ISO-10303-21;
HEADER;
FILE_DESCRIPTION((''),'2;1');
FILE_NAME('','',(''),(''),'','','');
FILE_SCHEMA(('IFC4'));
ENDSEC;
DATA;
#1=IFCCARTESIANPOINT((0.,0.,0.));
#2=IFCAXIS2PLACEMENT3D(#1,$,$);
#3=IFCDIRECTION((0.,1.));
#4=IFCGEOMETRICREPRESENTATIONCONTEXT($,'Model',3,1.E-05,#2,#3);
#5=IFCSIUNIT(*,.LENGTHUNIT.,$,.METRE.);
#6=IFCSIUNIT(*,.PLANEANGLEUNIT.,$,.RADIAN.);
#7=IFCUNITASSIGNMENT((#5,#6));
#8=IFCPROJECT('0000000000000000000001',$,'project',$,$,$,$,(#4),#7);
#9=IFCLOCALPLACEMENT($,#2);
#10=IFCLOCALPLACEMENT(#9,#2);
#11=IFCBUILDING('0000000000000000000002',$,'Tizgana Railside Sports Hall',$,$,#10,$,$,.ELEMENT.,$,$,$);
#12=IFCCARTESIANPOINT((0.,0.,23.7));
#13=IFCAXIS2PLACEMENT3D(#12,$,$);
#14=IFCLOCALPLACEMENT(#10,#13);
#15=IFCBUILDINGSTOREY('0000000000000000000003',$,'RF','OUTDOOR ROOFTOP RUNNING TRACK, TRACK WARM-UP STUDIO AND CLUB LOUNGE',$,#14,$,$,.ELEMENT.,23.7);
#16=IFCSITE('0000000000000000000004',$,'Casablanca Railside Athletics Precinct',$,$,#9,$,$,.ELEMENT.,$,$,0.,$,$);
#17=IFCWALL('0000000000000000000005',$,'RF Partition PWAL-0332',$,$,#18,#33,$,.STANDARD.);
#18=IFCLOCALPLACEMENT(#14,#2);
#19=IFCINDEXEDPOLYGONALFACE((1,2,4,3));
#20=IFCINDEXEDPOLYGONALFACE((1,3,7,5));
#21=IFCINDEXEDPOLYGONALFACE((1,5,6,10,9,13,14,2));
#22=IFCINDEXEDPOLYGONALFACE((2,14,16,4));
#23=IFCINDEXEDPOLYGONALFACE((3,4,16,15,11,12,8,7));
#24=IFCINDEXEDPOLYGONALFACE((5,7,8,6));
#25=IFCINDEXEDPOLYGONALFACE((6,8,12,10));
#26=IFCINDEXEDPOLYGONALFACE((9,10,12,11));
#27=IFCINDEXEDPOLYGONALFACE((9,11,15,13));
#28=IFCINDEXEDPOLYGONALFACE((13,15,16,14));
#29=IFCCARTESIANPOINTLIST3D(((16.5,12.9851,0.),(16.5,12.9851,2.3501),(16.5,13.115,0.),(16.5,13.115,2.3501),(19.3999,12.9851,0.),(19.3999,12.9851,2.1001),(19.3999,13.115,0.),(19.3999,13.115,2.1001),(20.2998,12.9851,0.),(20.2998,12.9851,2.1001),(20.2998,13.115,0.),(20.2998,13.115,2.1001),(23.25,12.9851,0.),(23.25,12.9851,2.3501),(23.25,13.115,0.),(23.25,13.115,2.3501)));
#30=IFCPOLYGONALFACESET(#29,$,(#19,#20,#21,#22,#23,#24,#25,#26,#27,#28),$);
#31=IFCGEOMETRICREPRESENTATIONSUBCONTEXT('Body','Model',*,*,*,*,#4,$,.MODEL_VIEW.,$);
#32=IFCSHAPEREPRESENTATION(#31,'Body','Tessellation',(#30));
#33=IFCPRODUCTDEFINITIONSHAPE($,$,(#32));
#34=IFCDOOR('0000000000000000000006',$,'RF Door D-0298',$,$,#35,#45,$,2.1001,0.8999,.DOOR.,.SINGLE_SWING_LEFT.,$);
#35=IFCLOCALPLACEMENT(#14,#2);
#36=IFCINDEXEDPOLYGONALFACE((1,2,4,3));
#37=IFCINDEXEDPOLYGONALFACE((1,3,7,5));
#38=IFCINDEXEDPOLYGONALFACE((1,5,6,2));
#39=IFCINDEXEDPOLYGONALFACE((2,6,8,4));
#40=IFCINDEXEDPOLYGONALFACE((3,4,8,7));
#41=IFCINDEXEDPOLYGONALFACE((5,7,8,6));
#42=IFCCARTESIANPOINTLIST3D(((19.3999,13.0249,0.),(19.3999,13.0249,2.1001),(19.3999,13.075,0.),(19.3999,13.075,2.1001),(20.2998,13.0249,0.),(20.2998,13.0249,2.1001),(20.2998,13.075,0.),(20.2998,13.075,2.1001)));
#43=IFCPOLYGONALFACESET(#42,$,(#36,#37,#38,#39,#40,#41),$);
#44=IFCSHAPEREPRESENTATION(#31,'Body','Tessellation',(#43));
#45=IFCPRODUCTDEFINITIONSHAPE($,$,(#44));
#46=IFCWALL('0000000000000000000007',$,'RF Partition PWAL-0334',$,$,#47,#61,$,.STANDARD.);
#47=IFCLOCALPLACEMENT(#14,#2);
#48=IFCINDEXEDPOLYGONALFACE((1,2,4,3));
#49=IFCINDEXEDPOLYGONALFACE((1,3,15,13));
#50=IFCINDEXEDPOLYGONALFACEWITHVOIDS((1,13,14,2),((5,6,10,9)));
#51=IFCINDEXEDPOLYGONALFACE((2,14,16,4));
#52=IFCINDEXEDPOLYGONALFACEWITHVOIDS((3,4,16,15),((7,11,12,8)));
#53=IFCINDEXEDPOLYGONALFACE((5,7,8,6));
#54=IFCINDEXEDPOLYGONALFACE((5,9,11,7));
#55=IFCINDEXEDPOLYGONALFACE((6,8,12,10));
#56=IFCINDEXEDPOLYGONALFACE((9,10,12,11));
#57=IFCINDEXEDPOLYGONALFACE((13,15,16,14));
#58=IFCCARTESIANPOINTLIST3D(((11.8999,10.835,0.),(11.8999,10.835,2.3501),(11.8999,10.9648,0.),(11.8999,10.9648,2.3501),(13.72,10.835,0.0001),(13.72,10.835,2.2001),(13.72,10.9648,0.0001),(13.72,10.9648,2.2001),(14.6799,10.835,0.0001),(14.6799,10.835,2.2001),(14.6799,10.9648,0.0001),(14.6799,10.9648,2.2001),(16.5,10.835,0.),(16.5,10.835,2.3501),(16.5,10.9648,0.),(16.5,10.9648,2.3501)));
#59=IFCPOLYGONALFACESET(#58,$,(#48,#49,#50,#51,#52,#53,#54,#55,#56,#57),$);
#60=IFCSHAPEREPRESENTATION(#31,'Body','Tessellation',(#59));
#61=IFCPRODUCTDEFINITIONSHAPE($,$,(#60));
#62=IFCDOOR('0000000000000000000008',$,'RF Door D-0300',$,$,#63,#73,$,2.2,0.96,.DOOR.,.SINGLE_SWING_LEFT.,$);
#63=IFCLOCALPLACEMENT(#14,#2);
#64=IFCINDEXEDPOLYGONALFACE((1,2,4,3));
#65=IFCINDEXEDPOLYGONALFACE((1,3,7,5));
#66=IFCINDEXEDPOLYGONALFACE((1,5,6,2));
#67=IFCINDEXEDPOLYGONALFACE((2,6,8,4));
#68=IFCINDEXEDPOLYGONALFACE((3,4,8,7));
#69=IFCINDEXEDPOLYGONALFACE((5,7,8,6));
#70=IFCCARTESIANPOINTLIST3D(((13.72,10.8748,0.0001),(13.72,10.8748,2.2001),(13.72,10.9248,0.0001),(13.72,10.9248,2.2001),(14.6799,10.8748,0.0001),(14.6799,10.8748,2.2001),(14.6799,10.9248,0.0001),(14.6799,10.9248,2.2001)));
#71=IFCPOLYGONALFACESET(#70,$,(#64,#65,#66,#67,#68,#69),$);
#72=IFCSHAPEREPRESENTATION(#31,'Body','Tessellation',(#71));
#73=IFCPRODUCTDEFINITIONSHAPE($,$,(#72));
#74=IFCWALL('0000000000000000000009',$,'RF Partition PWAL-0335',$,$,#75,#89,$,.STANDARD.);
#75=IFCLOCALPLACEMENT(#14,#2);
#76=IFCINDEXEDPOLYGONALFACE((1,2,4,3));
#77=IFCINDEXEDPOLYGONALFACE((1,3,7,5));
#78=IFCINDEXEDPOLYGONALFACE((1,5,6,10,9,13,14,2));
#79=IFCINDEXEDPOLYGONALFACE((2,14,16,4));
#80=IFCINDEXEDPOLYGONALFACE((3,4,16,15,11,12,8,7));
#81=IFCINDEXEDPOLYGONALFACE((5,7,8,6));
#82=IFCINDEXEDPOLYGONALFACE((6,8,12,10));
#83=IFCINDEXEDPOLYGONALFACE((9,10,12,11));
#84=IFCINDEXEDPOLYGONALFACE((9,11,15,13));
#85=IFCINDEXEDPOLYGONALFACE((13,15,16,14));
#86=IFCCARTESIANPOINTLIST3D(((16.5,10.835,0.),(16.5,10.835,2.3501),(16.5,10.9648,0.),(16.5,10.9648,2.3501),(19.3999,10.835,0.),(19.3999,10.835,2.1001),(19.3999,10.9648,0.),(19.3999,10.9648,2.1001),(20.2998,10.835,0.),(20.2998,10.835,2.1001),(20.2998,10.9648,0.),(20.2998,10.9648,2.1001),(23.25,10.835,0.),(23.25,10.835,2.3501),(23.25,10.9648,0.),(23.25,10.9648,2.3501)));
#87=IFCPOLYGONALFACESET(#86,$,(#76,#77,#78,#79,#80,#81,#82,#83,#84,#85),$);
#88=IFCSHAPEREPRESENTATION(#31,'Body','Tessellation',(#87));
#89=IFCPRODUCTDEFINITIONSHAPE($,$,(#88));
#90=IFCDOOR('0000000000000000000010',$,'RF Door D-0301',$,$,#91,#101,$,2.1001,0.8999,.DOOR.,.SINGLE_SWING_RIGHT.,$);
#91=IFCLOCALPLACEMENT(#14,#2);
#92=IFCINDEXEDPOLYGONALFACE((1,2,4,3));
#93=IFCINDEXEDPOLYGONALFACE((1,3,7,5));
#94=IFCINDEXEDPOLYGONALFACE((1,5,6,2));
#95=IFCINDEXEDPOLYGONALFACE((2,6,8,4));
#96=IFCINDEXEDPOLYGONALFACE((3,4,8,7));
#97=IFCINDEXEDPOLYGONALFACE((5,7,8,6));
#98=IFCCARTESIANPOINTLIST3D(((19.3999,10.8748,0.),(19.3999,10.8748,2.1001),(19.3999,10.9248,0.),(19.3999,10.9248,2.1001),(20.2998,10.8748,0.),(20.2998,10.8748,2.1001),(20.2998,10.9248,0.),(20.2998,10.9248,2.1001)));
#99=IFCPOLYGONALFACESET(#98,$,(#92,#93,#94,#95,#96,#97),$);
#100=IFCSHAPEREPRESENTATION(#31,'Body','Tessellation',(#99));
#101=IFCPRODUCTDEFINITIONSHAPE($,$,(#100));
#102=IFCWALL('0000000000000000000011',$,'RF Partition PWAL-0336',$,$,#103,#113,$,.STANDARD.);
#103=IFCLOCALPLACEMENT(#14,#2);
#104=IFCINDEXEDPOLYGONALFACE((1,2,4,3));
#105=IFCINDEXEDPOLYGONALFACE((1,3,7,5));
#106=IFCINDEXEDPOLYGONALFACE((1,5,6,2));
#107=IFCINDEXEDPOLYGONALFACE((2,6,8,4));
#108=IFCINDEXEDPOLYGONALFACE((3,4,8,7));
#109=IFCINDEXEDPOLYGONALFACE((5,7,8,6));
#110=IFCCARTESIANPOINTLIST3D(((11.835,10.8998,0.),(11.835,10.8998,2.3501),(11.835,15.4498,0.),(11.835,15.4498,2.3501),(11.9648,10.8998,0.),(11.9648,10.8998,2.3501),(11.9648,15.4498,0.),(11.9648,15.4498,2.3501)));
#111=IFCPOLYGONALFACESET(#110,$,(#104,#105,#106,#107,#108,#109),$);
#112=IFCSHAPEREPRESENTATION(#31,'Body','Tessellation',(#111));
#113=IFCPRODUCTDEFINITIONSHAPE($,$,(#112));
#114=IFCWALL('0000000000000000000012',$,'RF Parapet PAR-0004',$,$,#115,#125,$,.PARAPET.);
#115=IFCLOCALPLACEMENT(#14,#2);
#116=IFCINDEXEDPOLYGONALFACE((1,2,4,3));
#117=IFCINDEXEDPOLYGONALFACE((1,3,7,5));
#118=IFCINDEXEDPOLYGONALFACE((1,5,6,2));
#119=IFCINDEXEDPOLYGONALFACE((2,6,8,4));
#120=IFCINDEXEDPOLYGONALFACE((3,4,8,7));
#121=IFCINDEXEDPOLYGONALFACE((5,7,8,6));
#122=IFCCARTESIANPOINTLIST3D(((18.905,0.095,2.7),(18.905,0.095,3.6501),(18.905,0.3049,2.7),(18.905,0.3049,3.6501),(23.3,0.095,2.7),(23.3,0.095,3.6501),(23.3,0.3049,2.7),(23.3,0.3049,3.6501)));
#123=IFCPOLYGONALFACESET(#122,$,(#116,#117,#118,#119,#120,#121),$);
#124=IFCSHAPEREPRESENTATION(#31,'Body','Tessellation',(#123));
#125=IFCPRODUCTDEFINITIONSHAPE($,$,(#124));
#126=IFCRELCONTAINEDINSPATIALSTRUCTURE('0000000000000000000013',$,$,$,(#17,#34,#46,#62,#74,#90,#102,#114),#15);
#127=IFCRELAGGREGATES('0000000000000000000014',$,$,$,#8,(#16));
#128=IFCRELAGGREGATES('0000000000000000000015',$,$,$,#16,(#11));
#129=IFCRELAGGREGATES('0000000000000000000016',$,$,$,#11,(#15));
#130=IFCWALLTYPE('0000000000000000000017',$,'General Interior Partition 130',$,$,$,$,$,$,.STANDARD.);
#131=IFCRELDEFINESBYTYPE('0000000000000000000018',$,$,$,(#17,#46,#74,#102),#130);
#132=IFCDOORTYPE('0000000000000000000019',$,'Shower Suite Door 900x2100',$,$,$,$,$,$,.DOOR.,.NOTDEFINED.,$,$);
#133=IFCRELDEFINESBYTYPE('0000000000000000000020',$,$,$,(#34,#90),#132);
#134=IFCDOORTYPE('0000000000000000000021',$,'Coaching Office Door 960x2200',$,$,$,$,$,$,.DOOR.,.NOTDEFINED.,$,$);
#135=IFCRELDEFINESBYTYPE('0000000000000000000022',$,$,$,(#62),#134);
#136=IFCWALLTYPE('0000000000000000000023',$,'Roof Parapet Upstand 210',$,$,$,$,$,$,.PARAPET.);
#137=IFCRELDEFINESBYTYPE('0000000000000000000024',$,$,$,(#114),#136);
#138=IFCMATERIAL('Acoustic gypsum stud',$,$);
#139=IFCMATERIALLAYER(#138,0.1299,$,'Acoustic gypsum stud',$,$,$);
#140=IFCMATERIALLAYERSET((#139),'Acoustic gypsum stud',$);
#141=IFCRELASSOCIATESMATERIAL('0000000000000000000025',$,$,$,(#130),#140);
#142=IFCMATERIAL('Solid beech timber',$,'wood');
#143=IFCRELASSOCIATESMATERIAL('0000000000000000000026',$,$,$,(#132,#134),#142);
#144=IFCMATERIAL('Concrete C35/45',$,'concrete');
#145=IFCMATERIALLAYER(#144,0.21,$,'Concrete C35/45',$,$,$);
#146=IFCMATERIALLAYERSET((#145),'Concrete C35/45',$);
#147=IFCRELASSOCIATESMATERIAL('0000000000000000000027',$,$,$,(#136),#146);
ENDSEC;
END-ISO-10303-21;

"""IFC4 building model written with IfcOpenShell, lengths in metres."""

from ifc_helpers import new_model, si_unit, direction, frame, frame_2d, origin, place, context, subcontext, project, spatial, rectangle, extrude, material, layer, layer_set, type_object, element, fill, save


model = new_model("IFC4")

# Units and contexts
model_context = context("Model", 3, precision=1e-05, world=origin(), true_north=direction((0.0, 1.0)))
body_context = subcontext(model_context, "Body", "Model", "MODEL_VIEW")
ifc_project = project(units=[si_unit("LENGTHUNIT", "METRE"), si_unit("PLANEANGLEUNIT", "RADIAN")], contexts=[model_context])

# Site, building, storey
site_placement = place(None, origin())
site = spatial("IfcSite", under=ifc_project, at=site_placement, Name="Casablanca Railside Athletics Precinct", CompositionType="ELEMENT", RefElevation=0.0)
building_placement = place(site_placement, origin())
building = spatial("IfcBuilding", under=site, at=building_placement, Name="Tizgana Railside Sports Hall", CompositionType="ELEMENT")
storey_placement = place(building_placement, frame((0.0, 0.0, 23.7)))
storey = spatial("IfcBuildingStorey", under=building, at=storey_placement, Name="RF", Description="OUTDOOR ROOFTOP RUNNING TRACK, TRACK WARM-UP STUDIO AND CLUB LOUNGE", CompositionType="ELEMENT", Elevation=23.7)

# Shared definitions
ifc_material_1 = material(Name="Concrete C35/45", Category="concrete")

# Walls, openings, doors
ifc_material_2 = material(Name="Acoustic gypsum stud")
ifc_layer_1 = layer(ifc_material_2, 0.1299, Name="Acoustic gypsum stud")
ifc_layer_set_1 = layer_set([ifc_layer_1], Name="Acoustic gypsum stud")
wall_type_1 = type_object("IfcWallType", Name="General Interior Partition 130", PredefinedType="STANDARD", material=ifc_layer_set_1)
ifc_material_3 = material(Name="Solid beech timber", Category="wood")
wall_1_placement = place(storey_placement, frame((16.5, 13.05, 0.0), z_axis=(0.0, 0.0, 1.0), x_axis=(1.0, 0.0, 0.0)))
wall_1 = element("IfcWall", 1, at=wall_1_placement, inside=storey, type_object=wall_type_1, Name="RF Partition PWAL-0332", PredefinedType="STANDARD", context=body_context, shape_type="SweptSolid", body=[
    extrude(rectangle(XDim=6.75, YDim=0.1299, at=frame_2d((3.375, 0.0))), origin(), (0.0, 0.0, 1.0), 2.3501),
])
opening_1_placement = place(wall_1_placement, frame((2.8999, 0.0, 0.0)))
opening_1 = element("IfcOpeningElement", 2, at=opening_1_placement, cuts=wall_1, PredefinedType="OPENING", context=body_context, shape_type="SweptSolid", body=[
    extrude(rectangle(XDim=0.8999, YDim=2.1001, at=frame_2d((0.45, 1.05))), frame((0.0, 0.075, 0.0), z_axis=(0.0, -1.0, 0.0), x_axis=(1.0, 0.0, 0.0)), (0.0, 0.0, 1.0), 0.1499),
])
door_type_1 = type_object("IfcDoorType", Name="Shower Suite Door 900x2100", OperationType="NOTDEFINED", PredefinedType="DOOR", material=ifc_material_3)
door_1_placement = place(opening_1_placement, origin())
door_1 = element("IfcDoor", 3, at=door_1_placement, inside=storey, type_object=door_type_1, Name="RF Door D-0298", OperationType="SINGLE_SWING_LEFT", OverallHeight=2.1001, OverallWidth=0.8999, PredefinedType="DOOR", context=body_context, shape_type="SweptSolid", body=[
    extrude(rectangle(XDim=0.8999, YDim=2.1001, at=frame_2d((0.45, 1.05))), frame((0.0, 0.0249, 0.0), z_axis=(0.0, -1.0, 0.0), x_axis=(1.0, 0.0, 0.0)), (0.0, 0.0, 1.0), 0.05),
])
fill(opening_1, door_1)
wall_2_placement = place(storey_placement, frame((11.8999, 10.8999, 0.0), z_axis=(0.0, 0.0, 1.0), x_axis=(1.0, 0.0, 0.0)))
wall_2 = element("IfcWall", 4, at=wall_2_placement, inside=storey, type_object=wall_type_1, Name="RF Partition PWAL-0334", PredefinedType="STANDARD", context=body_context, shape_type="SweptSolid", body=[
    extrude(rectangle(XDim=4.6001, YDim=0.1299, at=frame_2d((2.3, 0.0))), origin(), (0.0, 0.0, 1.0), 2.3501),
])
opening_2_placement = place(wall_2_placement, frame((1.8201, 0.0, 0.0)))
opening_2 = element("IfcOpeningElement", 5, at=opening_2_placement, cuts=wall_2, PredefinedType="OPENING", context=body_context, shape_type="SweptSolid", body=[
    extrude(rectangle(XDim=0.96, YDim=2.2, at=frame_2d((0.48, 1.1001))), frame((0.0, 0.075, 0.0), z_axis=(0.0, -1.0, 0.0), x_axis=(1.0, 0.0, 0.0)), (0.0, 0.0, 1.0), 0.1499),
])
door_type_2 = type_object("IfcDoorType", Name="Coaching Office Door 960x2200", OperationType="NOTDEFINED", PredefinedType="DOOR", material=ifc_material_3)
door_2_placement = place(opening_2_placement, origin())
door_2 = element("IfcDoor", 6, at=door_2_placement, inside=storey, type_object=door_type_2, Name="RF Door D-0300", OperationType="SINGLE_SWING_LEFT", OverallHeight=2.2, OverallWidth=0.96, PredefinedType="DOOR", context=body_context, shape_type="SweptSolid", body=[
    extrude(rectangle(XDim=0.96, YDim=2.2, at=frame_2d((0.48, 1.1001))), frame((0.0, 0.0249, 0.0), z_axis=(0.0, -1.0, 0.0), x_axis=(1.0, 0.0, 0.0)), (0.0, 0.0, 1.0), 0.05),
])
fill(opening_2, door_2)
wall_3_placement = place(storey_placement, frame((16.5, 10.8999, 0.0), z_axis=(0.0, 0.0, 1.0), x_axis=(1.0, 0.0, 0.0)))
wall_3 = element("IfcWall", 7, at=wall_3_placement, inside=storey, type_object=wall_type_1, Name="RF Partition PWAL-0335", PredefinedType="STANDARD", context=body_context, shape_type="SweptSolid", body=[
    extrude(rectangle(XDim=6.75, YDim=0.1299, at=frame_2d((3.375, 0.0))), origin(), (0.0, 0.0, 1.0), 2.3501),
])
opening_3_placement = place(wall_3_placement, frame((2.8999, 0.0, 0.0)))
opening_3 = element("IfcOpeningElement", 8, at=opening_3_placement, cuts=wall_3, PredefinedType="OPENING", context=body_context, shape_type="SweptSolid", body=[
    extrude(rectangle(XDim=0.8999, YDim=2.1001, at=frame_2d((0.45, 1.05))), frame((0.0, 0.075, 0.0), z_axis=(0.0, -1.0, 0.0), x_axis=(1.0, 0.0, 0.0)), (0.0, 0.0, 1.0), 0.1499),
])
door_3_placement = place(opening_3_placement, origin())
door_3 = element("IfcDoor", 9, at=door_3_placement, inside=storey, type_object=door_type_1, Name="RF Door D-0301", OperationType="SINGLE_SWING_RIGHT", OverallHeight=2.1001, OverallWidth=0.8999, PredefinedType="DOOR", context=body_context, shape_type="SweptSolid", body=[
    extrude(rectangle(XDim=0.8999, YDim=2.1001, at=frame_2d((0.45, 1.05))), frame((0.0, 0.0249, 0.0), z_axis=(0.0, -1.0, 0.0), x_axis=(1.0, 0.0, 0.0)), (0.0, 0.0, 1.0), 0.05),
])
fill(opening_3, door_3)

# Wall
wall_4_placement = place(storey_placement, frame((11.8999, 10.8999, 0.0), z_axis=(0.0, 0.0, 1.0), x_axis=(0.0, 1.0, 0.0)))
element("IfcWall", 10, at=wall_4_placement, inside=storey, type_object=wall_type_1, Name="RF Partition PWAL-0336", PredefinedType="STANDARD", context=body_context, shape_type="SweptSolid", body=[
    extrude(rectangle(XDim=4.55, YDim=0.1299, at=frame_2d((2.2749, 0.0))), origin(), (0.0, 0.0, 1.0), 2.3501),
])

# Wall
ifc_layer_2 = layer(ifc_material_1, 0.21, Name="Concrete C35/45")
ifc_layer_set_2 = layer_set([ifc_layer_2], Name="Concrete C35/45")
wall_type_2 = type_object("IfcWallType", Name="Roof Parapet Upstand 210", PredefinedType="PARAPET", material=ifc_layer_set_2)
wall_5_placement = place(storey_placement, frame((18.905, 0.2, 2.7), z_axis=(0.0, 0.0, 1.0), x_axis=(1.0, 0.0, 0.0)))
element("IfcWall", 11, at=wall_5_placement, inside=storey, type_object=wall_type_2, Name="RF Parapet PAR-0004", PredefinedType="PARAPET", context=body_context, shape_type="SweptSolid", body=[
    extrude(rectangle(XDim=4.395, YDim=0.21, at=frame_2d((2.1975, 0.0))), origin(), (0.0, 0.0, 1.0), 0.9502),
])

save(model, "model.ifc")
